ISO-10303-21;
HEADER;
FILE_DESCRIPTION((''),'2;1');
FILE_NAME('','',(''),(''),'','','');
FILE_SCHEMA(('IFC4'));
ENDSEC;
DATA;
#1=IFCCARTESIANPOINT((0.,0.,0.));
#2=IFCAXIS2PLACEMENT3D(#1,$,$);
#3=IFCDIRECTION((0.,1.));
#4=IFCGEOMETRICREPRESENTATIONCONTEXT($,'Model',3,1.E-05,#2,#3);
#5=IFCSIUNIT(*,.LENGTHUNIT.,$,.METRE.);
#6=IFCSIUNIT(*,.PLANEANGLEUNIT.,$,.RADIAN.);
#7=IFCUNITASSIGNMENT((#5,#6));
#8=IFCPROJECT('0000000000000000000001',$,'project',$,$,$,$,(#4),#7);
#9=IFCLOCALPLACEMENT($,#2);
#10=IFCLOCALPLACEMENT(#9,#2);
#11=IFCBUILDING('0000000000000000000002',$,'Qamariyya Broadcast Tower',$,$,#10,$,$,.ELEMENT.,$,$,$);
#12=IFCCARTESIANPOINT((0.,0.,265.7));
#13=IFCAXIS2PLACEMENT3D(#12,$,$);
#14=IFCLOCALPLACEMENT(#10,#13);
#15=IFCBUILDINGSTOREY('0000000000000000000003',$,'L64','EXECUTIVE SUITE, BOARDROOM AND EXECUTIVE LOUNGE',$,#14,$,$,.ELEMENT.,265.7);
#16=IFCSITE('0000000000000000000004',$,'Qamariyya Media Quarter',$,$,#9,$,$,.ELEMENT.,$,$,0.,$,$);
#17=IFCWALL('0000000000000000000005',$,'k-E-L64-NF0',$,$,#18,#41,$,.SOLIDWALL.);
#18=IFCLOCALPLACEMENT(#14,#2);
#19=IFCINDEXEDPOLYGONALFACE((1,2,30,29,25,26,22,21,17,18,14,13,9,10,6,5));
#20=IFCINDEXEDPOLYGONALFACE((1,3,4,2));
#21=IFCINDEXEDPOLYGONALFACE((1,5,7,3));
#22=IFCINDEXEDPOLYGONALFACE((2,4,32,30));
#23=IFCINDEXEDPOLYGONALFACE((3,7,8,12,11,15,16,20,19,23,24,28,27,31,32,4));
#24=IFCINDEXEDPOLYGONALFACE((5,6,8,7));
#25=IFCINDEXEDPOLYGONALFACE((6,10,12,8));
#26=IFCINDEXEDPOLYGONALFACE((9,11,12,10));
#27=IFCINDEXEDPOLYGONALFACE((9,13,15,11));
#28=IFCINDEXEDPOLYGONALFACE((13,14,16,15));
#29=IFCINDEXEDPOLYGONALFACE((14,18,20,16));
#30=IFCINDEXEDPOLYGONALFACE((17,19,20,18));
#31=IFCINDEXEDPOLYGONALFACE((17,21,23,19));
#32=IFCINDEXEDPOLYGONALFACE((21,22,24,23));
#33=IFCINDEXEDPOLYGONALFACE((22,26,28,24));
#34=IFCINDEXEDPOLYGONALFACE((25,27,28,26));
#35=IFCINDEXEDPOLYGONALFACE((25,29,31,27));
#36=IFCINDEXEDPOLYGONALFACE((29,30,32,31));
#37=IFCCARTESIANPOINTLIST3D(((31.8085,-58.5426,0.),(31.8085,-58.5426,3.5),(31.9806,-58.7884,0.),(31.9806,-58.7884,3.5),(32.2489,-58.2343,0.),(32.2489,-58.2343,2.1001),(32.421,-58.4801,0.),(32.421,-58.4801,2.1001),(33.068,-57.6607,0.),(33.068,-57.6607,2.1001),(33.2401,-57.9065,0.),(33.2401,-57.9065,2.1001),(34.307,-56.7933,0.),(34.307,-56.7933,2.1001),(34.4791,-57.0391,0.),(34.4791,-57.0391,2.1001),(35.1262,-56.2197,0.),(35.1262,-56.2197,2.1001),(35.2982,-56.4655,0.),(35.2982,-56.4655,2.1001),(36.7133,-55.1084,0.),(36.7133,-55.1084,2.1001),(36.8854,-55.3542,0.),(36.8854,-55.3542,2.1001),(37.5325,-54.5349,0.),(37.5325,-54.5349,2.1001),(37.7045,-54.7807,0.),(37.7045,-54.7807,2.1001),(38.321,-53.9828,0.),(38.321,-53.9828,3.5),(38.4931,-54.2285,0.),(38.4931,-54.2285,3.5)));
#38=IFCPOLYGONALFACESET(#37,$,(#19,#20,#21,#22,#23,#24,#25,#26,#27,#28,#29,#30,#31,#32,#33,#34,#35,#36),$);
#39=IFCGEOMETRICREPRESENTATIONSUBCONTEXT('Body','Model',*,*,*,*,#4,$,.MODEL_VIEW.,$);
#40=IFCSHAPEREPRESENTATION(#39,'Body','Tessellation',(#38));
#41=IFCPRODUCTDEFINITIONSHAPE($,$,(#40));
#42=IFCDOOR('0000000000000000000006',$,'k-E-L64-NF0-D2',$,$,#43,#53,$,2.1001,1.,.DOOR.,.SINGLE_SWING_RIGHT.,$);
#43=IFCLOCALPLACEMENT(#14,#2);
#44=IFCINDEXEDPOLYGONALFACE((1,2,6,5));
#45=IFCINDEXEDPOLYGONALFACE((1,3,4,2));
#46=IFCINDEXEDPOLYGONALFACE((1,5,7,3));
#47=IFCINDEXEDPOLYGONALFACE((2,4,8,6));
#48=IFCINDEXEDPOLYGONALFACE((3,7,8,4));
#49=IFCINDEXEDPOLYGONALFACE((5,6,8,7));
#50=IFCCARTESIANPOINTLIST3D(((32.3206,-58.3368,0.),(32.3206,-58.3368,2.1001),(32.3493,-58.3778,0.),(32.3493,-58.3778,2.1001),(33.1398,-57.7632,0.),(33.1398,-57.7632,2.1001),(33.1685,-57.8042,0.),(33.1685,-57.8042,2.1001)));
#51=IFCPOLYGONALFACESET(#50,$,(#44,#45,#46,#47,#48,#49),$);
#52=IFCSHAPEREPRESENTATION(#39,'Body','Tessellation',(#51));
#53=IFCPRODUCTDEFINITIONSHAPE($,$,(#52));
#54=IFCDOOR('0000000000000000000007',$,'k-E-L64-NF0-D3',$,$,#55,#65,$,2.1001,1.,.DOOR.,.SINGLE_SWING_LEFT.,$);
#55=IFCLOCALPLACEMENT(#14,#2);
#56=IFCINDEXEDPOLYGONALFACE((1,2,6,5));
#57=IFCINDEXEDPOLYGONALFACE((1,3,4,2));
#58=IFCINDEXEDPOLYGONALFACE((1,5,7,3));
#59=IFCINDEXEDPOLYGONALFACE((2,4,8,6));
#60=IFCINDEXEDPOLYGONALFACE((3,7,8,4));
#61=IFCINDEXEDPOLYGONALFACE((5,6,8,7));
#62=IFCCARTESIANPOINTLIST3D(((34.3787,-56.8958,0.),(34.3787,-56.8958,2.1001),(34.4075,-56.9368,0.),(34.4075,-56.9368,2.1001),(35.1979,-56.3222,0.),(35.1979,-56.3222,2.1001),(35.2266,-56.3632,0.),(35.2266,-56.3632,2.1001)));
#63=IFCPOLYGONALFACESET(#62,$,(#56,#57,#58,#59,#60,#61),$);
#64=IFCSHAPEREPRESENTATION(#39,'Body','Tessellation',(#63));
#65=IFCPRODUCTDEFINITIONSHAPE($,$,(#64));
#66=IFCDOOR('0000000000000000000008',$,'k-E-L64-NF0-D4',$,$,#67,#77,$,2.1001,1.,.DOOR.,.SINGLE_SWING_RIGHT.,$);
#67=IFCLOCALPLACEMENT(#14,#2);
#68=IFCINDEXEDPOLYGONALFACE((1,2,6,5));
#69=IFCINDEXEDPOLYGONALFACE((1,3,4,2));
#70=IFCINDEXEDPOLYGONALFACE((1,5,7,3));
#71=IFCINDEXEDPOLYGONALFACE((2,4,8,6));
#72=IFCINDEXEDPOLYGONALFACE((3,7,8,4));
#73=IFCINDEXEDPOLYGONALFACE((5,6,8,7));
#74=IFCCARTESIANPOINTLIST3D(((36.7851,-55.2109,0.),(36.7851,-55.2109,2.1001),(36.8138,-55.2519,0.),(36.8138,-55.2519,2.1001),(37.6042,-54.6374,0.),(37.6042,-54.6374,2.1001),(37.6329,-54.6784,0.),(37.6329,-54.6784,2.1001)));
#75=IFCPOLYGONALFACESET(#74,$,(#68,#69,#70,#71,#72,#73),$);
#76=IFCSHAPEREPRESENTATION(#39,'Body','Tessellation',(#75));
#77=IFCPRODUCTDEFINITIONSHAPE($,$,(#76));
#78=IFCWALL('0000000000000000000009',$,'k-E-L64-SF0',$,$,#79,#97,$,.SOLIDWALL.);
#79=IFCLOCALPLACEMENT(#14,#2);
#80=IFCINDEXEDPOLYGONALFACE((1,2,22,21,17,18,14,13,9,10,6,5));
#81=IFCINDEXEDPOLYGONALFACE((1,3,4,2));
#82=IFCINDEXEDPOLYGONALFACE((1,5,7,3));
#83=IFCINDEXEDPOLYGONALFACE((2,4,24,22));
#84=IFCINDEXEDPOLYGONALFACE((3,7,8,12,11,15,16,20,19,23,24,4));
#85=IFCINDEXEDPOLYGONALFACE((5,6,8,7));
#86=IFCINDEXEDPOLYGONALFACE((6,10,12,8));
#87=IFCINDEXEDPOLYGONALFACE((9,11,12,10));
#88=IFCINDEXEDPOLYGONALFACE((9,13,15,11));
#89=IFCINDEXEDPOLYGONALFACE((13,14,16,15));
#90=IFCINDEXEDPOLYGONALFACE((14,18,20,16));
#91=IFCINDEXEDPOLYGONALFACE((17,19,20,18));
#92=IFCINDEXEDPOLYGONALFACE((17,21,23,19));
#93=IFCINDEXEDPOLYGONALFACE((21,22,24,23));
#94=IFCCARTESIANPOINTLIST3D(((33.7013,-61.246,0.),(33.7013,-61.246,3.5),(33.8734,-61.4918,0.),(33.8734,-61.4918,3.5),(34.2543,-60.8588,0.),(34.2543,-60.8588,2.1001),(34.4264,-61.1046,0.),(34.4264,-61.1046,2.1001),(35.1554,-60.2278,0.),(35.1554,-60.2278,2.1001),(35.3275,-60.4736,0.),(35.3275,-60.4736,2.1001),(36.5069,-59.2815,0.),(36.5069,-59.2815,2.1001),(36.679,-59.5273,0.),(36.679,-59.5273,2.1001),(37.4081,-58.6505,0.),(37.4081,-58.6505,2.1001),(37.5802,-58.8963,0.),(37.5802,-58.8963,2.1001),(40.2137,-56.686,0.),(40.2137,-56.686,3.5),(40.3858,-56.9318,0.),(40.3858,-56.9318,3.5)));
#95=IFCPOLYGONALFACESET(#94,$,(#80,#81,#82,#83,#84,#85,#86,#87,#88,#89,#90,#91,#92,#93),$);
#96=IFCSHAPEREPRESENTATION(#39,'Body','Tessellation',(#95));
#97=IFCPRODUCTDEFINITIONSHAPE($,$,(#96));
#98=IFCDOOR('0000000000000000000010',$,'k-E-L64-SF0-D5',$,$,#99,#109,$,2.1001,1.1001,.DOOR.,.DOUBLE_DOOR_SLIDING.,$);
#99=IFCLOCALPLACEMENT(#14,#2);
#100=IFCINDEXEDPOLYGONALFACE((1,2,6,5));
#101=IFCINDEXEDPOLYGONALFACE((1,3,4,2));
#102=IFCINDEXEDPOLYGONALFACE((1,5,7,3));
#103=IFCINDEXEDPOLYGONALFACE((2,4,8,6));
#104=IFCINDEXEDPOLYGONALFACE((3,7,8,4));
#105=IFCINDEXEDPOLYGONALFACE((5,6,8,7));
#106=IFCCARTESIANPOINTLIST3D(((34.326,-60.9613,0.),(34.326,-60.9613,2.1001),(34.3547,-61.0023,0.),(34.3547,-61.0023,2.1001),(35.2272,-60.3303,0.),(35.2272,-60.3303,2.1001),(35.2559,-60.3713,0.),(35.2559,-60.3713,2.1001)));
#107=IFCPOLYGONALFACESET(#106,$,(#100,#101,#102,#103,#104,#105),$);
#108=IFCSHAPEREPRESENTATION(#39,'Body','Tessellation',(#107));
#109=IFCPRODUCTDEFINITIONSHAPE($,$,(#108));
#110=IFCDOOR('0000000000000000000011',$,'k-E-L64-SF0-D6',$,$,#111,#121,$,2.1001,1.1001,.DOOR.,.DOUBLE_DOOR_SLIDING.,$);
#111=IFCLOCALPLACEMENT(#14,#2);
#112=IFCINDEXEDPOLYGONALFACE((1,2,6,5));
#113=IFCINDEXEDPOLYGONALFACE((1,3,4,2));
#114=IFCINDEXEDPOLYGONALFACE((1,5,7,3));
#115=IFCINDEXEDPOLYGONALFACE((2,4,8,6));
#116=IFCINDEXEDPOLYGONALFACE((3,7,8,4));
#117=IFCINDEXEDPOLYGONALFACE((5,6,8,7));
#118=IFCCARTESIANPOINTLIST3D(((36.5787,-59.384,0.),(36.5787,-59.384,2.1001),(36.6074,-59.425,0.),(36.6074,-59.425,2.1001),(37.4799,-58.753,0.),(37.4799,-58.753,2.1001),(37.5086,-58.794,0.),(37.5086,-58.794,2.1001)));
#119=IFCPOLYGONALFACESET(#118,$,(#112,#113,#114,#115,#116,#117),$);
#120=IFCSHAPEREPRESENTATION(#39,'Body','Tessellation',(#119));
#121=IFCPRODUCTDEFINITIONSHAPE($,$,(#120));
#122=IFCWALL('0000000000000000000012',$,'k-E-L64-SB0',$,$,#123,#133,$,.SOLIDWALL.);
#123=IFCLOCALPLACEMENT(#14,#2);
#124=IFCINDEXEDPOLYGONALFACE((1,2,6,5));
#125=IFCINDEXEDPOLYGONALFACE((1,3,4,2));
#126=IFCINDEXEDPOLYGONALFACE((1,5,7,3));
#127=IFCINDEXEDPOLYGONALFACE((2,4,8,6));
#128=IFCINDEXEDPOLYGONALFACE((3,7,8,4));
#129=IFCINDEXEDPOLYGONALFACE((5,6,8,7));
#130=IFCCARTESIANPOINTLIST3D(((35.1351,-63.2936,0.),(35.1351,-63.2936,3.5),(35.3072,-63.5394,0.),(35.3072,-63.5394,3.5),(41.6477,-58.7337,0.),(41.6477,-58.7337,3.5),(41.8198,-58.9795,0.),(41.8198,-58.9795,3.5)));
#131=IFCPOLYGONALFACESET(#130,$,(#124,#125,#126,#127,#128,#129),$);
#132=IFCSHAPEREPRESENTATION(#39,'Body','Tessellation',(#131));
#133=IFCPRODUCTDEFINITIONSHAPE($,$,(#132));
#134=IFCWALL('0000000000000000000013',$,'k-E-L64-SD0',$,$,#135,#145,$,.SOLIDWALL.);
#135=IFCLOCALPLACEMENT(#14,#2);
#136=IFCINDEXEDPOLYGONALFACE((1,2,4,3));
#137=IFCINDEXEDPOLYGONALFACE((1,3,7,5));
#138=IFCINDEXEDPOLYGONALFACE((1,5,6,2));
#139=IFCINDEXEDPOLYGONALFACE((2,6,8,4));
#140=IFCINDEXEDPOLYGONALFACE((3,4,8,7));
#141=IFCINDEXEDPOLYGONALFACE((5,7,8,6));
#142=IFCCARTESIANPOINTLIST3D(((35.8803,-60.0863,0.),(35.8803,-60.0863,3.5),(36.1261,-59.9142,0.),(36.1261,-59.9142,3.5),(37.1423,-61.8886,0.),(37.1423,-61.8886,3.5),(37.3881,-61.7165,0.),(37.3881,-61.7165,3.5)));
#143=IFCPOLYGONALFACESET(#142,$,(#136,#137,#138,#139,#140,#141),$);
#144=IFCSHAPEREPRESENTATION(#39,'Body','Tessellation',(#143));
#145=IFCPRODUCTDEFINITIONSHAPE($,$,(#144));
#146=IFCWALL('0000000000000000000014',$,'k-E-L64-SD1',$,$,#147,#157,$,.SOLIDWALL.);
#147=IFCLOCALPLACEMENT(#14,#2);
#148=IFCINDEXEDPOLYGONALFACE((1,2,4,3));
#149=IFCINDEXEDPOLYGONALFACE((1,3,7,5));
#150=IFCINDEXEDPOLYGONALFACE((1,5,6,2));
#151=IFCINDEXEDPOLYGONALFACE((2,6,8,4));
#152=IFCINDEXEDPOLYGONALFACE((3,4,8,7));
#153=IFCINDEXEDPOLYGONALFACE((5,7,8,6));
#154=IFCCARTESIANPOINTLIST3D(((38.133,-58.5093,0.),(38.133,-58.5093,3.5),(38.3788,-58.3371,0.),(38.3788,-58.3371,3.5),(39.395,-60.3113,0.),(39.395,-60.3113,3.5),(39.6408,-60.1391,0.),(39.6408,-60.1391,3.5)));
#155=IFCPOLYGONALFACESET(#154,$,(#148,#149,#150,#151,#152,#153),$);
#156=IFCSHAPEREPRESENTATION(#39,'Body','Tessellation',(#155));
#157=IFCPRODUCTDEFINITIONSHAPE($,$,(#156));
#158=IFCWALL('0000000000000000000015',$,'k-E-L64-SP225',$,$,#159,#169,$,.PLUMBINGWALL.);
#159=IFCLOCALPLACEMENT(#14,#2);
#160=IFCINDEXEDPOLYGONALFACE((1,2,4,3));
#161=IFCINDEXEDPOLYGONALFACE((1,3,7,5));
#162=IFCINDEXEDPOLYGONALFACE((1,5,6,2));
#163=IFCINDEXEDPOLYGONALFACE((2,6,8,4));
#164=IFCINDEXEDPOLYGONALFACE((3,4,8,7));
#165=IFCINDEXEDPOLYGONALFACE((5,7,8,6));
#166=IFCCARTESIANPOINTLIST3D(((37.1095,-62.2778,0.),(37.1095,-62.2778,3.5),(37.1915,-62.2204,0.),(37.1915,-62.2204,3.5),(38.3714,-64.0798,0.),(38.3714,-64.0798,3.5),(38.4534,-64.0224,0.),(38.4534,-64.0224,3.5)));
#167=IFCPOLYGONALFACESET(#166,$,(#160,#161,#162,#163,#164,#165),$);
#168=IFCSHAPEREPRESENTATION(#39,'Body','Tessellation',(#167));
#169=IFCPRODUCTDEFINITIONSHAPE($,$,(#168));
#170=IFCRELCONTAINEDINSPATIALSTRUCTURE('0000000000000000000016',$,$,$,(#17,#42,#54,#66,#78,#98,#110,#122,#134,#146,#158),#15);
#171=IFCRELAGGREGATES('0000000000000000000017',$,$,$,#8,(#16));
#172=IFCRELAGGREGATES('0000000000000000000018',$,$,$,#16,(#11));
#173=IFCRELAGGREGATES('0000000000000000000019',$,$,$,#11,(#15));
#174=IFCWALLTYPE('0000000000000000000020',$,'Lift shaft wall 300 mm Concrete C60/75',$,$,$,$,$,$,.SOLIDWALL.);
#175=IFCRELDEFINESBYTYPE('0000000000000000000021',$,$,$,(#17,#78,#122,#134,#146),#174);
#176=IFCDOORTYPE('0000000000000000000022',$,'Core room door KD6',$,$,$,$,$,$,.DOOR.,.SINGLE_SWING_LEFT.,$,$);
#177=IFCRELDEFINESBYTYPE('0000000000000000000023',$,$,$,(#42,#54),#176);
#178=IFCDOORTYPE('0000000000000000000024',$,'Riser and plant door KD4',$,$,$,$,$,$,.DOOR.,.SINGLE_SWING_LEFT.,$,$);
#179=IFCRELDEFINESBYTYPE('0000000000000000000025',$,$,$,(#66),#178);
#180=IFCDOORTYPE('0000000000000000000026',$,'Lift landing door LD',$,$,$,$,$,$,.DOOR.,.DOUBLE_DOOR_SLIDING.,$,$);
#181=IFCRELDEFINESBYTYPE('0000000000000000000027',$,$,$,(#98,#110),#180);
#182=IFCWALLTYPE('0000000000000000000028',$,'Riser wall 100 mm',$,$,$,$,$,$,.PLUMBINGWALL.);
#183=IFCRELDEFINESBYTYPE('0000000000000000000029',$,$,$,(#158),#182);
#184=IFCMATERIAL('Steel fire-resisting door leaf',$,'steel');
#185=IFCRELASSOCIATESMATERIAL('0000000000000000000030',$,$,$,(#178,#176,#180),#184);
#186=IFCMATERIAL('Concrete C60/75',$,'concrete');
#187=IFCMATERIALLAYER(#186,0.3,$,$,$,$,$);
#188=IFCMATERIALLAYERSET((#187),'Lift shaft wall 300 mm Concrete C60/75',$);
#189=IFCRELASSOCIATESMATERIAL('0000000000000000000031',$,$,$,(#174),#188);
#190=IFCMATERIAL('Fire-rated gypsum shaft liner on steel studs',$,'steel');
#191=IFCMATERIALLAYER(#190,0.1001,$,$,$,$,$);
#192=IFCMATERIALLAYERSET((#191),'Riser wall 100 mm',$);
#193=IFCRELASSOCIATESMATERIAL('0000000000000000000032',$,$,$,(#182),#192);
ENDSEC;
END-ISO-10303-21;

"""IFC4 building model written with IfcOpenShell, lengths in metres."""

from ifc_helpers import new_model, si_unit, direction, frame, frame_2d, origin, place, context, subcontext, project, spatial, rectangle, extrude, material, layer, layer_set, type_object, element, fill, save


model = new_model("IFC4")

# Units and contexts
model_context = context("Model", 3, precision=1e-05, world=origin(), true_north=direction((0.0, 1.0)))
body_context = subcontext(model_context, "Body", "Model", "MODEL_VIEW")
ifc_project = project(units=[si_unit("LENGTHUNIT", "METRE"), si_unit("PLANEANGLEUNIT", "RADIAN")], contexts=[model_context])

# Site, building, storey
site_placement = place(None, origin())
site = spatial("IfcSite", under=ifc_project, at=site_placement, Name="Qamariyya Media Quarter", CompositionType="ELEMENT", RefElevation=0.0)
building_placement = place(site_placement, origin())
building = spatial("IfcBuilding", under=site, at=building_placement, Name="Qamariyya Broadcast Tower", CompositionType="ELEMENT")
storey_placement = place(building_placement, frame((0.0, 0.0, 265.7)))
storey = spatial("IfcBuildingStorey", under=building, at=storey_placement, Name="L64", Description="EXECUTIVE SUITE, BOARDROOM AND EXECUTIVE LOUNGE", CompositionType="ELEMENT", Elevation=265.7)

# Shared definitions
ifc_material_1 = material(Name="Concrete C60/75", Category="concrete")
ifc_material_2 = material(Name="Steel fire-resisting door leaf", Category="steel")

# Walls, openings, doors
door_type_1 = type_object("IfcDoorType", Name="Riser and plant door KD4", OperationType="SINGLE_SWING_LEFT", PredefinedType="DOOR", material=ifc_material_2)
ifc_layer_1 = layer(ifc_material_1, 0.3)
ifc_layer_set_1 = layer_set([ifc_layer_1], Name="Lift shaft wall 300 mm Concrete C60/75")
wall_type_1 = type_object("IfcWallType", Name="Lift shaft wall 300 mm Concrete C60/75", PredefinedType="SOLIDWALL", material=ifc_layer_set_1)
wall_1_placement = place(storey_placement, frame((31.8945, -58.6655, 0.0), z_axis=(0.0, 0.0, 1.0), x_axis=(0.819167, 0.573555, 0.0)))
wall_1 = element("IfcWall", 1, at=wall_1_placement, inside=storey, type_object=wall_type_1, Name="k-E-L64-NF0", PredefinedType="SOLIDWALL", context=body_context, shape_type="SweptSolid", body=[
    extrude(rectangle(XDim=7.9502, YDim=0.3, at=frame_2d((3.9751, 0.0))), origin(), (0.0, 0.0, 1.0), 3.5),
])
opening_1_placement = place(wall_1_placement, frame((0.5376, 0.0, 0.0)))
opening_1 = element("IfcOpeningElement", 2, at=opening_1_placement, cuts=wall_1, PredefinedType="OPENING", context=body_context, shape_type="SweptSolid", body=[
    extrude(rectangle(XDim=1.0, YDim=2.1001, at=frame_2d((0.5, 1.05))), frame((0.0, 0.1599, 0.0), z_axis=(0.0, -1.0, 0.0), x_axis=(1.0, 0.0, 0.0)), (0.0, 0.0, 1.0), 0.3201),
])
opening_2_placement = place(wall_1_placement, frame((3.05, 0.0, 0.0)))
opening_2 = element("IfcOpeningElement", 3, at=opening_2_placement, cuts=wall_1, PredefinedType="OPENING", context=body_context, shape_type="SweptSolid", body=[
    extrude(rectangle(XDim=1.0, YDim=2.1001, at=frame_2d((0.5, 1.05))), frame((0.0, 0.1599, 0.0), z_axis=(0.0, -1.0, 0.0), x_axis=(1.0, 0.0, 0.0)), (0.0, 0.0, 1.0), 0.3201),
])
opening_3_placement = place(wall_1_placement, frame((5.9875, 0.0, 0.0)))
opening_3 = element("IfcOpeningElement", 4, at=opening_3_placement, cuts=wall_1, PredefinedType="OPENING", context=body_context, shape_type="SweptSolid", body=[
    extrude(rectangle(XDim=1.0, YDim=2.1001, at=frame_2d((0.5, 1.05))), frame((0.0, 0.1599, 0.0), z_axis=(0.0, -1.0, 0.0), x_axis=(1.0, 0.0, 0.0)), (0.0, 0.0, 1.0), 0.3201),
])
door_type_2 = type_object("IfcDoorType", Name="Core room door KD6", OperationType="SINGLE_SWING_LEFT", PredefinedType="DOOR", material=ifc_material_2)
door_1_placement = place(opening_1_placement, origin())
door_1 = element("IfcDoor", 5, at=door_1_placement, inside=storey, type_object=door_type_2, Name="k-E-L64-NF0-D2", OperationType="SINGLE_SWING_RIGHT", OverallHeight=2.1001, OverallWidth=1.0, PredefinedType="DOOR", context=body_context, shape_type="SweptSolid", body=[
    extrude(rectangle(XDim=1.0, YDim=2.1001, at=frame_2d((0.5, 1.05))), frame((0.0, 0.0249, 0.0), z_axis=(0.0, -1.0, 0.0), x_axis=(1.0, 0.0, 0.0)), (0.0, 0.0, 1.0), 0.05),
])
fill(opening_1, door_1)
door_2_placement = place(opening_2_placement, origin())
door_2 = element("IfcDoor", 6, at=door_2_placement, inside=storey, type_object=door_type_2, Name="k-E-L64-NF0-D3", OperationType="SINGLE_SWING_LEFT", OverallHeight=2.1001, OverallWidth=1.0, PredefinedType="DOOR", context=body_context, shape_type="SweptSolid", body=[
    extrude(rectangle(XDim=1.0, YDim=2.1001, at=frame_2d((0.5, 1.05))), frame((0.0, 0.0249, 0.0), z_axis=(0.0, -1.0, 0.0), x_axis=(1.0, 0.0, 0.0)), (0.0, 0.0, 1.0), 0.05),
])
fill(opening_2, door_2)
door_3_placement = place(opening_3_placement, origin())
door_3 = element("IfcDoor", 7, at=door_3_placement, inside=storey, type_object=door_type_1, Name="k-E-L64-NF0-D4", OperationType="SINGLE_SWING_RIGHT", OverallHeight=2.1001, OverallWidth=1.0, PredefinedType="DOOR", context=body_context, shape_type="SweptSolid", body=[
    extrude(rectangle(XDim=1.0, YDim=2.1001, at=frame_2d((0.5, 1.05))), frame((0.0, 0.0249, 0.0), z_axis=(0.0, -1.0, 0.0), x_axis=(1.0, 0.0, 0.0)), (0.0, 0.0, 1.0), 0.05),
])
fill(opening_3, door_3)
wall_2_placement = place(storey_placement, frame((33.7874, -61.3689, 0.0), z_axis=(0.0, 0.0, 1.0), x_axis=(0.819153, 0.573576, 0.0)))
wall_2 = element("IfcWall", 8, at=wall_2_placement, inside=storey, type_object=wall_type_1, Name="k-E-L64-SF0", PredefinedType="SOLIDWALL", context=body_context, shape_type="SweptSolid", body=[
    extrude(rectangle(XDim=7.9502, YDim=0.3, at=frame_2d((3.9751, 0.0))), origin(), (0.0, 0.0, 1.0), 3.5),
])
opening_4_placement = place(wall_2_placement, frame((0.675, 0.0, 0.0)))
opening_4 = element("IfcOpeningElement", 9, at=opening_4_placement, cuts=wall_2, PredefinedType="OPENING", context=body_context, shape_type="SweptSolid", body=[
    extrude(rectangle(XDim=1.1001, YDim=2.1001, at=frame_2d((0.55, 1.05))), frame((0.0, 0.1599, 0.0), z_axis=(0.0, -1.0, 0.0), x_axis=(1.0, 0.0, 0.0)), (0.0, 0.0, 1.0), 0.3201),
])
opening_5_placement = place(wall_2_placement, frame((3.425, 0.0, 0.0)))
opening_5 = element("IfcOpeningElement", 10, at=opening_5_placement, cuts=wall_2, PredefinedType="OPENING", context=body_context, shape_type="SweptSolid", body=[
    extrude(rectangle(XDim=1.1001, YDim=2.1001, at=frame_2d((0.55, 1.05))), frame((0.0, 0.1599, 0.0), z_axis=(0.0, -1.0, 0.0), x_axis=(1.0, 0.0, 0.0)), (0.0, 0.0, 1.0), 0.3201),
])
door_type_3 = type_object("IfcDoorType", Name="Lift landing door LD", OperationType="DOUBLE_DOOR_SLIDING", PredefinedType="DOOR", material=ifc_material_2)
door_4_placement = place(opening_4_placement, origin())
door_4 = element("IfcDoor", 11, at=door_4_placement, inside=storey, type_object=door_type_3, Name="k-E-L64-SF0-D5", OperationType="DOUBLE_DOOR_SLIDING", OverallHeight=2.1001, OverallWidth=1.1001, PredefinedType="DOOR", context=body_context, shape_type="SweptSolid", body=[
    extrude(rectangle(XDim=1.1001, YDim=2.1001, at=frame_2d((0.55, 1.05))), frame((0.0, 0.0249, 0.0), z_axis=(0.0, -1.0, 0.0), x_axis=(1.0, 0.0, 0.0)), (0.0, 0.0, 1.0), 0.05),
])
fill(opening_4, door_4)
door_5_placement = place(opening_5_placement, origin())
door_5 = element("IfcDoor", 12, at=door_5_placement, inside=storey, type_object=door_type_3, Name="k-E-L64-SF0-D6", OperationType="DOUBLE_DOOR_SLIDING", OverallHeight=2.1001, OverallWidth=1.1001, PredefinedType="DOOR", context=body_context, shape_type="SweptSolid", body=[
    extrude(rectangle(XDim=1.1001, YDim=2.1001, at=frame_2d((0.55, 1.05))), frame((0.0, 0.0249, 0.0), z_axis=(0.0, -1.0, 0.0), x_axis=(1.0, 0.0, 0.0)), (0.0, 0.0, 1.0), 0.05),
])
fill(opening_5, door_5)

# Walls
wall_3_placement = place(storey_placement, frame((35.2212, -63.4165, 0.0), z_axis=(0.0, 0.0, 1.0), x_axis=(0.819167, 0.573555, 0.0)))
element("IfcWall", 13, at=wall_3_placement, inside=storey, type_object=wall_type_1, Name="k-E-L64-SB0", PredefinedType="SOLIDWALL", context=body_context, shape_type="SweptSolid", body=[
    extrude(rectangle(XDim=7.9502, YDim=0.3, at=frame_2d((3.9751, 0.0))), origin(), (0.0, 0.0, 1.0), 3.5),
])
wall_4_placement = place(storey_placement, frame((36.0032, -60.0002, 0.0), z_axis=(0.0, 0.0, 1.0), x_axis=(0.573581, -0.819149, 0.0)))
element("IfcWall", 14, at=wall_4_placement, inside=storey, type_object=wall_type_1, Name="k-E-L64-SD0", PredefinedType="SOLIDWALL", context=body_context, shape_type="SweptSolid", body=[
    extrude(rectangle(XDim=2.2002, YDim=0.3, at=frame_2d((1.1001, 0.0))), origin(), (0.0, 0.0, 1.0), 3.5),
])
wall_5_placement = place(storey_placement, frame((38.2559, -58.4231, 0.0), z_axis=(0.0, 0.0, 1.0), x_axis=(0.573634, -0.819112, 0.0)))
element("IfcWall", 15, at=wall_5_placement, inside=storey, type_object=wall_type_1, Name="k-E-L64-SD1", PredefinedType="SOLIDWALL", context=body_context, shape_type="SweptSolid", body=[
    extrude(rectangle(XDim=2.2, YDim=0.3, at=frame_2d((1.1001, 0.0))), origin(), (0.0, 0.0, 1.0), 3.5),
])
ifc_material_3 = material(Name="Fire-rated gypsum shaft liner on steel studs", Category="steel")
ifc_layer_2 = layer(ifc_material_3, 0.1001)
ifc_layer_set_2 = layer_set([ifc_layer_2], Name="Riser wall 100 mm")
wall_type_2 = type_object("IfcWallType", Name="Riser wall 100 mm", PredefinedType="PLUMBINGWALL", material=ifc_layer_set_2)
wall_6_placement = place(storey_placement, frame((37.1504, -62.249, 0.0), z_axis=(0.0, 0.0, 1.0), x_axis=(0.573634, -0.819112, 0.0)))
element("IfcWall", 16, at=wall_6_placement, inside=storey, type_object=wall_type_2, Name="k-E-L64-SP225", PredefinedType="PLUMBINGWALL", context=body_context, shape_type="SweptSolid", body=[
    extrude(rectangle(XDim=2.2, YDim=0.1001, at=frame_2d((1.1001, 0.0))), origin(), (0.0, 0.0, 1.0), 3.5),
])

save(model, "model.ifc")
